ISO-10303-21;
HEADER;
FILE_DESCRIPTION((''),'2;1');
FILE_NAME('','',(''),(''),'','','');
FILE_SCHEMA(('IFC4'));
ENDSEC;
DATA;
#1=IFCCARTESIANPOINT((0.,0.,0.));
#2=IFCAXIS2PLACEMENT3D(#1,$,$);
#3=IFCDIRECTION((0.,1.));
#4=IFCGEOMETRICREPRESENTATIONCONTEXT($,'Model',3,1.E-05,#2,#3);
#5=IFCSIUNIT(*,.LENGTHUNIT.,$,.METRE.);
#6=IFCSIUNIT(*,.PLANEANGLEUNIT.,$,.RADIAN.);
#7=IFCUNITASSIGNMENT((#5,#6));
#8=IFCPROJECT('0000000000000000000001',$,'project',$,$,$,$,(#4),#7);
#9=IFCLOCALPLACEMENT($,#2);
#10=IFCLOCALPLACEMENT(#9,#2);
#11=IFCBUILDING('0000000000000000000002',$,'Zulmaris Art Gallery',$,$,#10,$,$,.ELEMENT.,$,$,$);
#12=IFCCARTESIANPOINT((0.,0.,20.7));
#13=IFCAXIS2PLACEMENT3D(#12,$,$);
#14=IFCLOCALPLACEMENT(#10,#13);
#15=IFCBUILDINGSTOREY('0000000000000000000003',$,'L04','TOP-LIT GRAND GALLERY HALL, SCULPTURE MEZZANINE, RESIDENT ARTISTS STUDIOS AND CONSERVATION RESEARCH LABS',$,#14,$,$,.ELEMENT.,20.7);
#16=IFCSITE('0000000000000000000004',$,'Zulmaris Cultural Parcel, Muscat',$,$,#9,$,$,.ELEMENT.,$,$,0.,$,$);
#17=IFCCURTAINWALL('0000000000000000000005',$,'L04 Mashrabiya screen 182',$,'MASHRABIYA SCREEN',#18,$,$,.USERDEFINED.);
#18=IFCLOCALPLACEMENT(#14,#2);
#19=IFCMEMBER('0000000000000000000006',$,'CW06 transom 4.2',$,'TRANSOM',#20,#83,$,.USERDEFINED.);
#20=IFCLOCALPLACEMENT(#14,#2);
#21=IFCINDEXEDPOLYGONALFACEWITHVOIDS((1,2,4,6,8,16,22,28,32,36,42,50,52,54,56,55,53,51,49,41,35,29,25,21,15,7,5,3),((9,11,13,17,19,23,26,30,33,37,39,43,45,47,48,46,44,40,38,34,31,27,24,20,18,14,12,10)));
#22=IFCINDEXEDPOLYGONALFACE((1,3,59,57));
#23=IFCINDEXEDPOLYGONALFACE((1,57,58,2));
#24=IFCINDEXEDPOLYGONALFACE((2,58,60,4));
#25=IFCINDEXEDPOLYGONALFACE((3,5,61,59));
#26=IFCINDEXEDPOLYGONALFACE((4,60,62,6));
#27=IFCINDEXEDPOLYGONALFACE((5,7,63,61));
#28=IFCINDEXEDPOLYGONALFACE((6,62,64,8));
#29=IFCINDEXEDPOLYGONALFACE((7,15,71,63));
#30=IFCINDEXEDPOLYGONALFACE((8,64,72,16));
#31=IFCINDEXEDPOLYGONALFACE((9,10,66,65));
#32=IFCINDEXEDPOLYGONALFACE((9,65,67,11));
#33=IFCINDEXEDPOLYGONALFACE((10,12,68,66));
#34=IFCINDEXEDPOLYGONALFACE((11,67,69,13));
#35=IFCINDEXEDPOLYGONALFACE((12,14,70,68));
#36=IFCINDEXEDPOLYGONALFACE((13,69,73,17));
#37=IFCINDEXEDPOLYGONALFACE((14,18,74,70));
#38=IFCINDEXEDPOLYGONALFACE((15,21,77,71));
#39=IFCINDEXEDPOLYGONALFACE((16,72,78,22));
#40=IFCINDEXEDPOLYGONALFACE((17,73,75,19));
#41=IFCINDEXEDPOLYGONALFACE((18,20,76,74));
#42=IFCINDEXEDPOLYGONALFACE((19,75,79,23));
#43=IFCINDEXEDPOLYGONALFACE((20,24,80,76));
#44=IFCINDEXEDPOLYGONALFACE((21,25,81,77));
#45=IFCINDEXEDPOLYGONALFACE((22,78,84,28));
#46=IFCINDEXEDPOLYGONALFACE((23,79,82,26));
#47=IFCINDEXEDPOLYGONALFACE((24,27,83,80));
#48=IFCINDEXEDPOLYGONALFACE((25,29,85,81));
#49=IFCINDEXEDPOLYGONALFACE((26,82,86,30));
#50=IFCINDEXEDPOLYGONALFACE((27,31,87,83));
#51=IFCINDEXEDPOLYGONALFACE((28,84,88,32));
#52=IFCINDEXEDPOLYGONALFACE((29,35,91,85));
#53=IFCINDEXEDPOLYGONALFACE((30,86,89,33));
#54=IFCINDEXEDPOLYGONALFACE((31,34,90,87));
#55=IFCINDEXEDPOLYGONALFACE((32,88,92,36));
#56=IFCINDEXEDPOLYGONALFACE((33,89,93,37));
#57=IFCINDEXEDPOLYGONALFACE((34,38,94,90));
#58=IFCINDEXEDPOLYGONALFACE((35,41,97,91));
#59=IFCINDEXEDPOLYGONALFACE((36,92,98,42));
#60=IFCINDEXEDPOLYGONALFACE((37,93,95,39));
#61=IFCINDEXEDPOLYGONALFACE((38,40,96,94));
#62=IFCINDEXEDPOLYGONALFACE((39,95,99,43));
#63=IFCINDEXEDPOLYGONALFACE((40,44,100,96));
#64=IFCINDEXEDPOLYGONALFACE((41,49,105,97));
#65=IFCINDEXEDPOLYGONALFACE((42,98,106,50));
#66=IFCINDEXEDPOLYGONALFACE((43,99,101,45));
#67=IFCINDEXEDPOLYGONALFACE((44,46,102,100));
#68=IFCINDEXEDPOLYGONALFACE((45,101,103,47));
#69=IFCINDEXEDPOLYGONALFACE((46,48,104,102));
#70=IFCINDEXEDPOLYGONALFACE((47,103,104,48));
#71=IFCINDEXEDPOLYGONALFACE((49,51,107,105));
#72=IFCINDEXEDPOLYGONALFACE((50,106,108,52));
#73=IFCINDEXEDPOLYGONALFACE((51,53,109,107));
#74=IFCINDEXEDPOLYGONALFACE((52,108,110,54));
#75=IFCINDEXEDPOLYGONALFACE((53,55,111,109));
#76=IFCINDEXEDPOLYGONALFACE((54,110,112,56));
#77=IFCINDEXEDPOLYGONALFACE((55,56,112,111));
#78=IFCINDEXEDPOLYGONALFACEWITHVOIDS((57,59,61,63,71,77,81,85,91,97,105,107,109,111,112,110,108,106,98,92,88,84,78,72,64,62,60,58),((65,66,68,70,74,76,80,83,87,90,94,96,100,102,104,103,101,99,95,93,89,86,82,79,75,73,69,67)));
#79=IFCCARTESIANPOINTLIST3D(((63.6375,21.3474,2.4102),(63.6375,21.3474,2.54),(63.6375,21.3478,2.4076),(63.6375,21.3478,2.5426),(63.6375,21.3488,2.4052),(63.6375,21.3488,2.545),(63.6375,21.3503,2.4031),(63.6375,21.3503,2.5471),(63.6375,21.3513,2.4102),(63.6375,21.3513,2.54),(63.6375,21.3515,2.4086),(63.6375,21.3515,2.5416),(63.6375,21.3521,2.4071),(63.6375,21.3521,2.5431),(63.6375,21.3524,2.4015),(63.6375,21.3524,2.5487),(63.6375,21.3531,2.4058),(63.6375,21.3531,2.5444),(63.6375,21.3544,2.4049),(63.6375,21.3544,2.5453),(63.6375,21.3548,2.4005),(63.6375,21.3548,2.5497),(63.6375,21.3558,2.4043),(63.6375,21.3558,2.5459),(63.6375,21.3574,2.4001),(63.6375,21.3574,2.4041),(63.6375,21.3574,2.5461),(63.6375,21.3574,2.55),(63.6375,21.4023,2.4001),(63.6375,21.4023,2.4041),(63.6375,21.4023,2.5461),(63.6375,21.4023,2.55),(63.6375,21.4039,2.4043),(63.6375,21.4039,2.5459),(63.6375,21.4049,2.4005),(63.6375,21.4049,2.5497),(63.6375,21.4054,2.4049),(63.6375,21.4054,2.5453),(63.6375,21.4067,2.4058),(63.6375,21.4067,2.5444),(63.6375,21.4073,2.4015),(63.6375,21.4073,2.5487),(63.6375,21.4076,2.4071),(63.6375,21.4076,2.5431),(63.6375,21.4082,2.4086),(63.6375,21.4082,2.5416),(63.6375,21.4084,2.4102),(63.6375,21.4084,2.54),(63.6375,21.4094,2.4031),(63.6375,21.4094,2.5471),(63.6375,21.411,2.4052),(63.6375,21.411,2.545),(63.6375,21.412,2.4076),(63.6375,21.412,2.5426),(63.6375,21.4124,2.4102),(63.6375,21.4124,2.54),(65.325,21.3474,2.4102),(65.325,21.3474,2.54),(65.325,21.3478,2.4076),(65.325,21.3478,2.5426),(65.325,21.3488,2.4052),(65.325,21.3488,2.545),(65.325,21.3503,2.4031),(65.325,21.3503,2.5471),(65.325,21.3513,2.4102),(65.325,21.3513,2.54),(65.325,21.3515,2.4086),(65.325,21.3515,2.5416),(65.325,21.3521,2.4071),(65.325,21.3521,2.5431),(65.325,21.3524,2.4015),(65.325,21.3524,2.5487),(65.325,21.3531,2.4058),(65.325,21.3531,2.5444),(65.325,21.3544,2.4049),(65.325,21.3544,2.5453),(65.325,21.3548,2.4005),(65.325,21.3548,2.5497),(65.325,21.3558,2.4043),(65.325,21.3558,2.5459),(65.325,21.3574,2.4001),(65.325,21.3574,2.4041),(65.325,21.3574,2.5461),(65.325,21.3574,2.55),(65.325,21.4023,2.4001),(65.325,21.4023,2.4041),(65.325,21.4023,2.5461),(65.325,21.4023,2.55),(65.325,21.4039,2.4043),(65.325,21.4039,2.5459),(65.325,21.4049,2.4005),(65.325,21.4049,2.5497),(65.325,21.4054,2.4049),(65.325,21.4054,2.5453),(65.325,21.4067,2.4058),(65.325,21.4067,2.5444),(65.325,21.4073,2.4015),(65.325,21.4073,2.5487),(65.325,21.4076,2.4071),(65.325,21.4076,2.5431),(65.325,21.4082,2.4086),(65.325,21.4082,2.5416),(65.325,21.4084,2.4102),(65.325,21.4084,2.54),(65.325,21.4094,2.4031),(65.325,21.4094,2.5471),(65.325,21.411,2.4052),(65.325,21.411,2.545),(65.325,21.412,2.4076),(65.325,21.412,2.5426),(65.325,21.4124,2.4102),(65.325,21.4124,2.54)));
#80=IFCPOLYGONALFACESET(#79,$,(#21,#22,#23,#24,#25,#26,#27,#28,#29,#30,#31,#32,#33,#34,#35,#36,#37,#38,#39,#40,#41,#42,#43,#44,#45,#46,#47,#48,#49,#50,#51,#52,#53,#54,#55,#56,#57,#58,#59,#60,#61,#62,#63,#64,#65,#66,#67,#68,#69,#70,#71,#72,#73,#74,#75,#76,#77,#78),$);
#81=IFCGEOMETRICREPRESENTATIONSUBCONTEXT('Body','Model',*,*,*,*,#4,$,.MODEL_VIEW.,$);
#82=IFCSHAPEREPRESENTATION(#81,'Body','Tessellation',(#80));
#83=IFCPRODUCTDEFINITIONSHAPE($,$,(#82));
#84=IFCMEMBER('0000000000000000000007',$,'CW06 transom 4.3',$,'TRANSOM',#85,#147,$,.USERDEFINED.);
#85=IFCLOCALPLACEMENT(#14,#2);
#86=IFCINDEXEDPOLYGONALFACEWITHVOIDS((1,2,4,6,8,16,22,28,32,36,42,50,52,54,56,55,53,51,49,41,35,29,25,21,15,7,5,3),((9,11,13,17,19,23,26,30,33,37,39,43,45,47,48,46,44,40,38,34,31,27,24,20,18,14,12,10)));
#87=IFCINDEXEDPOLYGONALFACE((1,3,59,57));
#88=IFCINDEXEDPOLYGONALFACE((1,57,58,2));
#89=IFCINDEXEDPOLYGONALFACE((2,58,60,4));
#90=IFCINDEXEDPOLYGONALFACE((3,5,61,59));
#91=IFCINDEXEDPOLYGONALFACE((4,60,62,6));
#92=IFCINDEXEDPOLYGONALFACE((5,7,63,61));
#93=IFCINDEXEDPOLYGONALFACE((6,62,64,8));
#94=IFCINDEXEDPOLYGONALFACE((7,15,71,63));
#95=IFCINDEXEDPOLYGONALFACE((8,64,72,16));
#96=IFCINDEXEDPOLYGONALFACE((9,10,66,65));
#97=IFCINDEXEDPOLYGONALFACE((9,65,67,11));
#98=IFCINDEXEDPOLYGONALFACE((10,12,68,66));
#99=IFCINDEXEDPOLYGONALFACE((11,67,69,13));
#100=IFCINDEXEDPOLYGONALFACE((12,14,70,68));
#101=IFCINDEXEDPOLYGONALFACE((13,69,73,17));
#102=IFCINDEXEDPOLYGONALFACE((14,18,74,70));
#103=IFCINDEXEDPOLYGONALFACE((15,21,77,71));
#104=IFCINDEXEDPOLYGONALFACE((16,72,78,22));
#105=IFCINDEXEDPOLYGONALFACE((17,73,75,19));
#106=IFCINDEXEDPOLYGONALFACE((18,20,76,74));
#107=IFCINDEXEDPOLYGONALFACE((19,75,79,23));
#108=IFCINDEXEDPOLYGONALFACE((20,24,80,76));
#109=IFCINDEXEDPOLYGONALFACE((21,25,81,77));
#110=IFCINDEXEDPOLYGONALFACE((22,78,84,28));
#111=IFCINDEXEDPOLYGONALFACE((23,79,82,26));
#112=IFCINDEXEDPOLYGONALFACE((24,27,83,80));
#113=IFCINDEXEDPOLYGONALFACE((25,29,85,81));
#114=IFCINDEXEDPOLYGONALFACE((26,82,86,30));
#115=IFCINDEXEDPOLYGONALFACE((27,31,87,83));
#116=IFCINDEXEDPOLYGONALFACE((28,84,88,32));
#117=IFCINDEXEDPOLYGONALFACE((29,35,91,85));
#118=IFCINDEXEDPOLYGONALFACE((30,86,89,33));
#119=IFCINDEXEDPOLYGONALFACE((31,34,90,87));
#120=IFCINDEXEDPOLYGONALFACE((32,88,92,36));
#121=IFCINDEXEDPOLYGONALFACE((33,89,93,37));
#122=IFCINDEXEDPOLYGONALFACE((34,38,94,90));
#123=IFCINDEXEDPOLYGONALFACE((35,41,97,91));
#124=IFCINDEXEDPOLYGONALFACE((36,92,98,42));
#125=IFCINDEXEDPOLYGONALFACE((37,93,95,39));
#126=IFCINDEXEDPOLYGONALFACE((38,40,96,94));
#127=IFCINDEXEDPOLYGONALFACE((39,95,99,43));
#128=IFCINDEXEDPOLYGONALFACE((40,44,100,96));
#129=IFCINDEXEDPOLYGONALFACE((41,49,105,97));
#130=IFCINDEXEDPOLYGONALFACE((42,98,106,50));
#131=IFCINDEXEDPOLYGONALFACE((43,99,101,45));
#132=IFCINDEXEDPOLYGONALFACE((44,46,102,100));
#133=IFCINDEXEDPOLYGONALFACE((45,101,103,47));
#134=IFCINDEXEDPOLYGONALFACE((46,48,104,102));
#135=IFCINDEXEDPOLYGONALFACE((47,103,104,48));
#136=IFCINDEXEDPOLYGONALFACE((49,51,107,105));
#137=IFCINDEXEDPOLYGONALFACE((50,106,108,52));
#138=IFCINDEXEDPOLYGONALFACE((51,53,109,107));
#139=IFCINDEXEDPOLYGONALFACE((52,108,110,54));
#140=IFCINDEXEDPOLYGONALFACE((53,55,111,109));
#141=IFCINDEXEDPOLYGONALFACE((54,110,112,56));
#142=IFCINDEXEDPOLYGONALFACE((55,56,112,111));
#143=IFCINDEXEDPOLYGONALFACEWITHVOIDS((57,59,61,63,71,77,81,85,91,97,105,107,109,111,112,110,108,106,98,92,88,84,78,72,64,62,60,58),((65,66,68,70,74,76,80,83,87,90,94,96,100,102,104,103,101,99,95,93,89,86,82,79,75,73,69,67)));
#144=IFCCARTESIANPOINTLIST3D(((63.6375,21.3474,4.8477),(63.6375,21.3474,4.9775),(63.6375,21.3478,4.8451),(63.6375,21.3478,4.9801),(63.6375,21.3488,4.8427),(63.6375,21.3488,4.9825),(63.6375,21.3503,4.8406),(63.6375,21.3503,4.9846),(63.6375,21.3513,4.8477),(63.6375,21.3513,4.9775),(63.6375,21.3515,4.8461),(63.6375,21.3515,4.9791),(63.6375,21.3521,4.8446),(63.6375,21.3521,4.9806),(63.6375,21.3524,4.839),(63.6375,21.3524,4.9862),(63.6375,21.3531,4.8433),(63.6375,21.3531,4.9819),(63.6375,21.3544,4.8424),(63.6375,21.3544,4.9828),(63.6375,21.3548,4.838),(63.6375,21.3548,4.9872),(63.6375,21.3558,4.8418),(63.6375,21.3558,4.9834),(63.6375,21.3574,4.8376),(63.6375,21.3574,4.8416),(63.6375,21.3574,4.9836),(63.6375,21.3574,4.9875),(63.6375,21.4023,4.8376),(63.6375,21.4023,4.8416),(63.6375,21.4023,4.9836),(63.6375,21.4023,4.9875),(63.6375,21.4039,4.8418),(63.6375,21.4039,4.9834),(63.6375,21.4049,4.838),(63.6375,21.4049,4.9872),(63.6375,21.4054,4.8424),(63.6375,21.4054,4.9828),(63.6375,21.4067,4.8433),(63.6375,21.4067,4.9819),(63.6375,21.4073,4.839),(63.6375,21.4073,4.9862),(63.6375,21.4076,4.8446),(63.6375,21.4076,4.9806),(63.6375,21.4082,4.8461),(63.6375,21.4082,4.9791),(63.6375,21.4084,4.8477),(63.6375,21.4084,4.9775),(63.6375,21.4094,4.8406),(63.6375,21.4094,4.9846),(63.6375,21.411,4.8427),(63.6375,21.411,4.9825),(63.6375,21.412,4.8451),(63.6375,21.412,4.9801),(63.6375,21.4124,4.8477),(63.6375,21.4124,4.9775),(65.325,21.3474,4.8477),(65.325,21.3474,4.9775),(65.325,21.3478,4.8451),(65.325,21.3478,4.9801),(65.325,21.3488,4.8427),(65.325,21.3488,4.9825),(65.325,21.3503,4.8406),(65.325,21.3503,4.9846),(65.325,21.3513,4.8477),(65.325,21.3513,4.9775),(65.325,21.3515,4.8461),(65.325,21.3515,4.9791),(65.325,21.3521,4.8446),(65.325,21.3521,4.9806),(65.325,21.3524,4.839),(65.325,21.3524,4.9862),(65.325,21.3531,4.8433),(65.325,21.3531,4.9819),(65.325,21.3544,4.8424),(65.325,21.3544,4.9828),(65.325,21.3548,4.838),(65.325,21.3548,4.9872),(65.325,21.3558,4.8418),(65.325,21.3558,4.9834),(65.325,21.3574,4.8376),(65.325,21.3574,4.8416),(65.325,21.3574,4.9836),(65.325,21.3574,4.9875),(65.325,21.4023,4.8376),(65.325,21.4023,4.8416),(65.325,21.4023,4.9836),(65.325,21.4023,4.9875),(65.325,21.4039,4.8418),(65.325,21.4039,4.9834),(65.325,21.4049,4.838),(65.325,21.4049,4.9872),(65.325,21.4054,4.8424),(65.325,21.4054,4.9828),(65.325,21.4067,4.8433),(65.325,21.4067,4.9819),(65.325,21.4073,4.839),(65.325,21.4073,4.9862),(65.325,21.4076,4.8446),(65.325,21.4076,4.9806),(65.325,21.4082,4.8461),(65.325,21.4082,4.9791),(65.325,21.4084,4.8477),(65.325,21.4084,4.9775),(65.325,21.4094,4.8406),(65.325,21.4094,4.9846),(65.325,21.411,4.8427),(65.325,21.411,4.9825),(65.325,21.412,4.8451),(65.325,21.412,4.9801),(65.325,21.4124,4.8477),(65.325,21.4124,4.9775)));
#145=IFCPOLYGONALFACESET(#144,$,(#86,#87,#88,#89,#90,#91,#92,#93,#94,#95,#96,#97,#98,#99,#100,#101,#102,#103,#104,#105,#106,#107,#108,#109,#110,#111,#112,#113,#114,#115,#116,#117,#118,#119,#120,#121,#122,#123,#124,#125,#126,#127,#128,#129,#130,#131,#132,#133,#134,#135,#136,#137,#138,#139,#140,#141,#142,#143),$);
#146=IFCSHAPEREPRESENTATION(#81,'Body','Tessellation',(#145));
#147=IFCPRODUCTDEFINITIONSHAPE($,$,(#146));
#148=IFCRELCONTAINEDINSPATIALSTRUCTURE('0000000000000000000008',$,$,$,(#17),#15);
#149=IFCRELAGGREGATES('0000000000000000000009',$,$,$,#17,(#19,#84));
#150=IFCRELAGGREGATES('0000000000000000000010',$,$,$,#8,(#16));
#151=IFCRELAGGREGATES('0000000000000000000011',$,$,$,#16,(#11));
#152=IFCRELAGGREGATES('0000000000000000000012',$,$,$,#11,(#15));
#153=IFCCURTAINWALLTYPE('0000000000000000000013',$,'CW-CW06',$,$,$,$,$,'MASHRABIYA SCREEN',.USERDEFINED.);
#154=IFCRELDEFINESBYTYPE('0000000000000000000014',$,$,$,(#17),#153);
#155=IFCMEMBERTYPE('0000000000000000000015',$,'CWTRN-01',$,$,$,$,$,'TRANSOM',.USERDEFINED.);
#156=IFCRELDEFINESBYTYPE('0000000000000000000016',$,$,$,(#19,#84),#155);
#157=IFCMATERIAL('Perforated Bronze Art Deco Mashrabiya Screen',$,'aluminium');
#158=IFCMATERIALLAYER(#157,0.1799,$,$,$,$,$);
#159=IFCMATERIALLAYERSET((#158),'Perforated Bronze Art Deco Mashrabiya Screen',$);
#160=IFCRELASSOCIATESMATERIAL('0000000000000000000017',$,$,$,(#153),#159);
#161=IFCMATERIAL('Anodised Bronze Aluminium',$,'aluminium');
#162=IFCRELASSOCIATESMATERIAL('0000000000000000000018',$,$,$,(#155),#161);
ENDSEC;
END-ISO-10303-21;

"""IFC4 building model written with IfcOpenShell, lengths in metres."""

from ifc_helpers import new_model, si_unit, direction, frame, origin, origin_2d, place, context, subcontext, project, spatial, hollow_rectangle, extrude, material, layer, layer_set, material_profile, profile_set, type_object, element, aggregate, save


model = new_model("IFC4")

# Units and contexts
model_context = context("Model", 3, precision=1e-05, world=origin(), true_north=direction((0.0, 1.0)))
body_context = subcontext(model_context, "Body", "Model", "MODEL_VIEW")
ifc_project = project(units=[si_unit("LENGTHUNIT", "METRE"), si_unit("PLANEANGLEUNIT", "RADIAN")], contexts=[model_context])

# Site, building, storey
site_placement = place(None, origin())
site = spatial("IfcSite", under=ifc_project, at=site_placement, Name="Zulmaris Cultural Parcel, Muscat", CompositionType="ELEMENT", RefElevation=0.0)
building_placement = place(site_placement, origin())
building = spatial("IfcBuilding", under=site, at=building_placement, Name="Zulmaris Art Gallery", CompositionType="ELEMENT")
storey_placement = place(building_placement, frame((0.0, 0.0, 20.7)))
storey = spatial("IfcBuildingStorey", under=building, at=storey_placement, Name="L04", Description="TOP-LIT GRAND GALLERY HALL, SCULPTURE MEZZANINE, RESIDENT ARTISTS STUDIOS AND CONSERVATION RESEARCH LABS", CompositionType="ELEMENT", Elevation=20.7)

# Curtain wall
ifc_material_1 = material(Name="Anodised Bronze Aluminium", Category="aluminium")
ifc_material_2 = material(Name="Perforated Bronze Art Deco Mashrabiya Screen", Category="aluminium")
ifc_layer_1 = layer(ifc_material_2, 0.1799)
ifc_layer_set_1 = layer_set([ifc_layer_1], Name="Perforated Bronze Art Deco Mashrabiya Screen")
curtain_wall_type_1 = type_object("IfcCurtainWallType", Name="CW-CW06", ElementType="MASHRABIYA SCREEN", PredefinedType="USERDEFINED", material=ifc_layer_set_1)
curtain_wall_1_placement = place(storey_placement, origin())
curtain_wall_1 = element("IfcCurtainWall", 1, at=curtain_wall_1_placement, inside=storey, type_object=curtain_wall_type_1, Name="L04 Mashrabiya screen 182", ObjectType="MASHRABIYA SCREEN", PredefinedType="USERDEFINED")

# Members
ifc_material_profile_1 = material_profile(ifc_material_1, hollow_rectangle(XDim=0.0649, YDim=0.1499, WallThickness=0.0039, InnerFilletRadius=0.0061, OuterFilletRadius=0.01, at=origin_2d()), Name="ALU 65x150x4")
ifc_profile_set_1 = profile_set([ifc_material_profile_1], Name="Anodised Bronze Aluminium")
member_type_1 = type_object("IfcMemberType", Name="CWTRN-01", ElementType="TRANSOM", PredefinedType="USERDEFINED", material=ifc_profile_set_1)
member_1_placement = place(storey_placement, frame((63.6375, 21.3799, 2.4751), z_axis=(1.0, 0.0, 0.0), x_axis=(0.0, 1.0, 0.0)))
member_1 = element("IfcMember", 2, at=member_1_placement, type_object=member_type_1, Name="CW06 transom 4.2", ObjectType="TRANSOM", PredefinedType="USERDEFINED", context=body_context, shape_type="SweptSolid", body=[
    extrude(hollow_rectangle(XDim=0.0649, YDim=0.1499, WallThickness=0.0039, InnerFilletRadius=0.0061, OuterFilletRadius=0.01, at=origin_2d()), origin(), (0.0, 0.0, 1.0), 1.6875),
])
member_2_placement = place(storey_placement, frame((63.6375, 21.3799, 4.9126), z_axis=(1.0, 0.0, 0.0), x_axis=(0.0, 1.0, 0.0)))
member_2 = element("IfcMember", 3, at=member_2_placement, type_object=member_type_1, Name="CW06 transom 4.3", ObjectType="TRANSOM", PredefinedType="USERDEFINED", context=body_context, shape_type="SweptSolid", body=[
    extrude(hollow_rectangle(XDim=0.0649, YDim=0.1499, WallThickness=0.0039, InnerFilletRadius=0.0061, OuterFilletRadius=0.01, at=origin_2d()), origin(), (0.0, 0.0, 1.0), 1.6875),
])

aggregate(curtain_wall_1, [member_1, member_2])

save(model, "model.ifc")
